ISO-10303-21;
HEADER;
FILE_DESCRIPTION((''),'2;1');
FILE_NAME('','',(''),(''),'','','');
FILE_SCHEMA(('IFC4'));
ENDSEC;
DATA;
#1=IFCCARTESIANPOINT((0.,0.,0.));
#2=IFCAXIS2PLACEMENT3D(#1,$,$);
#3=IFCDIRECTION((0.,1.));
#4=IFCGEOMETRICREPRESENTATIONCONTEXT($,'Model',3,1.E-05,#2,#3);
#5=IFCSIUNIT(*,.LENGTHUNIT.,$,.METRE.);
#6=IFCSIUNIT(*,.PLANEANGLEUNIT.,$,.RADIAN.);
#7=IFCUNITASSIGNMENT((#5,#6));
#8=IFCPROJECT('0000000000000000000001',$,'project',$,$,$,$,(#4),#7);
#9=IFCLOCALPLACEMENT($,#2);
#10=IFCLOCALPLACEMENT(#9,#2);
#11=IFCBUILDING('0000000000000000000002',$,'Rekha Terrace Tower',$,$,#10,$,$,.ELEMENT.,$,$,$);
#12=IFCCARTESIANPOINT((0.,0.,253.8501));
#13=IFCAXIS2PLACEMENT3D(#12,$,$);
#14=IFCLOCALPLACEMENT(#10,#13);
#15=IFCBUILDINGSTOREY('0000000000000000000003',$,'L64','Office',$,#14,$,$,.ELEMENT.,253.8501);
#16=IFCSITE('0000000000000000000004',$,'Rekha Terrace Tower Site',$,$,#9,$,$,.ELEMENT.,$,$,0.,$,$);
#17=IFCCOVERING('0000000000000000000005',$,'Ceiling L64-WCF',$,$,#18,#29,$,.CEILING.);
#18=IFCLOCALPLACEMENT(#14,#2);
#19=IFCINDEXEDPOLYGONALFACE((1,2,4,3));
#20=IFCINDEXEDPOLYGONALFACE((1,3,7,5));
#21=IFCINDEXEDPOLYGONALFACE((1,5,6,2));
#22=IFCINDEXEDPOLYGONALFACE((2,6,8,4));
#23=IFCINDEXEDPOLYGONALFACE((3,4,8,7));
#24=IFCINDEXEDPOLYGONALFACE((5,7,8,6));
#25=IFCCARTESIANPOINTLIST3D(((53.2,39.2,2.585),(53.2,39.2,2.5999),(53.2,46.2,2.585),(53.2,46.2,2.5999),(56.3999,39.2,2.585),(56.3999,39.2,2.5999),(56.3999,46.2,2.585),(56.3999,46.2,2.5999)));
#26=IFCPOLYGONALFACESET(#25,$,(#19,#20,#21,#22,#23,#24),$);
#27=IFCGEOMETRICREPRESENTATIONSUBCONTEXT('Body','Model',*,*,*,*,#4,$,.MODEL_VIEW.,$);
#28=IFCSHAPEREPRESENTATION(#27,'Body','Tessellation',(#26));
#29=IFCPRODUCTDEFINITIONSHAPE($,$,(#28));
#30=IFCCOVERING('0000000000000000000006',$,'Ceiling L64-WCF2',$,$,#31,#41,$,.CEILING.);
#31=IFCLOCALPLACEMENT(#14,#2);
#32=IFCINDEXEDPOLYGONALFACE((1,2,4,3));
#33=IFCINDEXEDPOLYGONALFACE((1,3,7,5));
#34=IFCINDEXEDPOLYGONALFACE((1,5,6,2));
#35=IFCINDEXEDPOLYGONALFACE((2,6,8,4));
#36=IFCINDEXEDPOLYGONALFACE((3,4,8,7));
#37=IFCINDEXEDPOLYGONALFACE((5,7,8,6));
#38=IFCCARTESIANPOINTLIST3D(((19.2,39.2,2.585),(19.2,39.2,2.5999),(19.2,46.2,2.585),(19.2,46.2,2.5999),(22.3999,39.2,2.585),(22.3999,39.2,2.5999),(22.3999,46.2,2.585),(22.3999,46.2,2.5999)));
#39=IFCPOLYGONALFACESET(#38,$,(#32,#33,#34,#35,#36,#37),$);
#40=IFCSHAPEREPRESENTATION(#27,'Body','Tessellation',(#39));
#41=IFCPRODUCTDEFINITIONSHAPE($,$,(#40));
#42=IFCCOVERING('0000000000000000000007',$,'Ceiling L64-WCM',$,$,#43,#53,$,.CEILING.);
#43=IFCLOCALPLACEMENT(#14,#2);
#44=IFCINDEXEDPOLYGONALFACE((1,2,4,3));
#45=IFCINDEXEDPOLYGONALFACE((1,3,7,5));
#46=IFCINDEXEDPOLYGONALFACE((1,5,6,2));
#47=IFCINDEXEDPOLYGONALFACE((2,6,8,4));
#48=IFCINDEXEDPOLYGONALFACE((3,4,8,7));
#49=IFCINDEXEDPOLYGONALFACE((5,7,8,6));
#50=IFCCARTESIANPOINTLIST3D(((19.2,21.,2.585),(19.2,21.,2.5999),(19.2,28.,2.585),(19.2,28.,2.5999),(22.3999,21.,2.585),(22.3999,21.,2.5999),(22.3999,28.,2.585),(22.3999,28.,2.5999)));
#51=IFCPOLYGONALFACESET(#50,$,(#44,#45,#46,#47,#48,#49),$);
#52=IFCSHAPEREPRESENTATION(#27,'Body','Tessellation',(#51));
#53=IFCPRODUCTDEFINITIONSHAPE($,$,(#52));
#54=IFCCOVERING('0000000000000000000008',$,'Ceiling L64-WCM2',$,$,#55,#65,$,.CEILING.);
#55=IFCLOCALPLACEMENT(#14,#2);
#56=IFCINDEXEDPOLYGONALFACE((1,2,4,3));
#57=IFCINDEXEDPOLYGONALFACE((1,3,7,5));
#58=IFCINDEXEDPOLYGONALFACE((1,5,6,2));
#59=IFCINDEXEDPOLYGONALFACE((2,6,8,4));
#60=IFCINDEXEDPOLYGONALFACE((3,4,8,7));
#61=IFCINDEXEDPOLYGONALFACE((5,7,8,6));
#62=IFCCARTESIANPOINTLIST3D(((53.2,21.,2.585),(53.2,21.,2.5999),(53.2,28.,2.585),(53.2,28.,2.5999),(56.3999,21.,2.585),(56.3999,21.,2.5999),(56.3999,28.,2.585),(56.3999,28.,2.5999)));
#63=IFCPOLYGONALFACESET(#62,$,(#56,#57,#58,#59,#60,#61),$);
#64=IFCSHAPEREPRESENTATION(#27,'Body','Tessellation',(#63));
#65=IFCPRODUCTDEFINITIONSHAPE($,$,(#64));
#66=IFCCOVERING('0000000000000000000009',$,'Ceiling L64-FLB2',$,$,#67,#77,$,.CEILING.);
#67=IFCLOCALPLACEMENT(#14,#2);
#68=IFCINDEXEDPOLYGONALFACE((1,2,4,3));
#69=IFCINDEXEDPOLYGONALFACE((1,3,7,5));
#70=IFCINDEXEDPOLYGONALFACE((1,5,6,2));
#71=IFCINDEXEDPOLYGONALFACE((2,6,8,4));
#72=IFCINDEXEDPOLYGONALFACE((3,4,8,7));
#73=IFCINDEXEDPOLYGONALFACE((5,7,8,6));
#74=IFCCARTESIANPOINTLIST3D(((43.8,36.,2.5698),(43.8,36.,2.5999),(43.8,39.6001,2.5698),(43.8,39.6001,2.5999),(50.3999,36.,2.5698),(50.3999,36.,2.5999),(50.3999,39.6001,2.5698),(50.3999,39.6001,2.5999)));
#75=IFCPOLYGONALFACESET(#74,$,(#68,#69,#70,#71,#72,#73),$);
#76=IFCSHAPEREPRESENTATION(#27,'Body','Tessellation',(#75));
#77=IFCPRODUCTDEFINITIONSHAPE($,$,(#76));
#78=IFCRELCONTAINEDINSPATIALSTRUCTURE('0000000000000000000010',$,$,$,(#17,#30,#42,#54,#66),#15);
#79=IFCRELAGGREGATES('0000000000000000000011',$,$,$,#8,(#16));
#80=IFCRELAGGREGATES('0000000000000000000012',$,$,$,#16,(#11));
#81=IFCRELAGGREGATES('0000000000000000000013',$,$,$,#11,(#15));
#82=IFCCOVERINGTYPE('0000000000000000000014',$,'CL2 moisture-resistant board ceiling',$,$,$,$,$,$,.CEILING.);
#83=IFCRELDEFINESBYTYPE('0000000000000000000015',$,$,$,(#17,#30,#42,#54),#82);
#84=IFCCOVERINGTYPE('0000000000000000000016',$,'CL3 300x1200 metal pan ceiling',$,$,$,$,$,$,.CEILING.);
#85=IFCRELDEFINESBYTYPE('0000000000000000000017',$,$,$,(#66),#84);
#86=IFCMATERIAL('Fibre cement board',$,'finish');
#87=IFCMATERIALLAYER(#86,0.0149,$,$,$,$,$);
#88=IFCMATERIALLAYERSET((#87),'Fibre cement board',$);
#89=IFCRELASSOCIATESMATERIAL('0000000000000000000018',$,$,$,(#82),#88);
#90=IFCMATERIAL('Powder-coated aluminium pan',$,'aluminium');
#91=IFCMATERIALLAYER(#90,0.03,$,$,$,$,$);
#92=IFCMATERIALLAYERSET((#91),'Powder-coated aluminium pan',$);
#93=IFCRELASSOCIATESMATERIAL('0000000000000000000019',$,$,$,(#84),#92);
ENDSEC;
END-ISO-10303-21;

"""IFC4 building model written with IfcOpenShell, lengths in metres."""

from ifc_helpers import new_model, si_unit, direction, frame, origin, place, context, subcontext, project, spatial, polyline, outline, extrude, material, layer, layer_set, type_object, element, save


model = new_model("IFC4")

# Units and contexts
model_context = context("Model", 3, precision=1e-05, world=origin(), true_north=direction((0.0, 1.0)))
body_context = subcontext(model_context, "Body", "Model", "MODEL_VIEW")
ifc_project = project(units=[si_unit("LENGTHUNIT", "METRE"), si_unit("PLANEANGLEUNIT", "RADIAN")], contexts=[model_context])

# Site, building, storey
site_placement = place(None, origin())
site = spatial("IfcSite", under=ifc_project, at=site_placement, Name="Rekha Terrace Tower Site", CompositionType="ELEMENT", RefElevation=0.0)
building_placement = place(site_placement, origin())
building = spatial("IfcBuilding", under=site, at=building_placement, Name="Rekha Terrace Tower", CompositionType="ELEMENT")
storey_placement = place(building_placement, frame((0.0, 0.0, 253.8501)))
storey = spatial("IfcBuildingStorey", under=building, at=storey_placement, Name="L64", Description="Office", CompositionType="ELEMENT", Elevation=253.8501)

# Coverings
ifc_material_1 = material(Name="Fibre cement board", Category="finish")
ifc_layer_1 = layer(ifc_material_1, 0.0149)
ifc_layer_set_1 = layer_set([ifc_layer_1], Name="Fibre cement board")
covering_type_1 = type_object("IfcCoveringType", Name="CL2 moisture-resistant board ceiling", PredefinedType="CEILING", material=ifc_layer_set_1)
covering_1_placement = place(storey_placement, frame((0.0, 0.0, 2.585)))
element("IfcCovering", 1, at=covering_1_placement, inside=storey, type_object=covering_type_1, Name="Ceiling L64-WCF", PredefinedType="CEILING", context=body_context, shape_type="SweptSolid", body=[
    extrude(outline(polyline([(56.3999, 46.2), (53.2, 46.2), (53.2, 39.2), (56.3999, 39.2), (56.3999, 46.2)])), origin(), (0.0, 0.0, 1.0), 0.0149),
])
covering_2_placement = place(storey_placement, frame((0.0, 0.0, 2.585)))
element("IfcCovering", 2, at=covering_2_placement, inside=storey, type_object=covering_type_1, Name="Ceiling L64-WCF2", PredefinedType="CEILING", context=body_context, shape_type="SweptSolid", body=[
    extrude(outline(polyline([(22.3999, 46.2), (19.2, 46.2), (19.2, 39.2), (22.3999, 39.2), (22.3999, 46.2)])), origin(), (0.0, 0.0, 1.0), 0.0149),
])
covering_3_placement = place(storey_placement, frame((0.0, 0.0, 2.585)))
element("IfcCovering", 3, at=covering_3_placement, inside=storey, type_object=covering_type_1, Name="Ceiling L64-WCM", PredefinedType="CEILING", context=body_context, shape_type="SweptSolid", body=[
    extrude(outline(polyline([(22.3999, 28.0), (19.2, 28.0), (19.2, 21.0), (22.3999, 21.0), (22.3999, 28.0)])), origin(), (0.0, 0.0, 1.0), 0.0149),
])
covering_4_placement = place(storey_placement, frame((0.0, 0.0, 2.585)))
element("IfcCovering", 4, at=covering_4_placement, inside=storey, type_object=covering_type_1, Name="Ceiling L64-WCM2", PredefinedType="CEILING", context=body_context, shape_type="SweptSolid", body=[
    extrude(outline(polyline([(56.3999, 28.0), (53.2, 28.0), (53.2, 21.0), (56.3999, 21.0), (56.3999, 28.0)])), origin(), (0.0, 0.0, 1.0), 0.0149),
])
ifc_material_2 = material(Name="Powder-coated aluminium pan", Category="aluminium")
ifc_layer_2 = layer(ifc_material_2, 0.03)
ifc_layer_set_2 = layer_set([ifc_layer_2], Name="Powder-coated aluminium pan")
covering_type_2 = type_object("IfcCoveringType", Name="CL3 300x1200 metal pan ceiling", PredefinedType="CEILING", material=ifc_layer_set_2)
covering_5_placement = place(storey_placement, frame((0.0, 0.0, 2.5698)))
element("IfcCovering", 5, at=covering_5_placement, inside=storey, type_object=covering_type_2, Name="Ceiling L64-FLB2", PredefinedType="CEILING", context=body_context, shape_type="SweptSolid", body=[
    extrude(outline(polyline([(50.3999, 39.6001), (43.8, 39.6001), (43.8, 36.0), (50.3999, 36.0), (50.3999, 39.6001)])), origin(), (0.0, 0.0, 1.0), 0.03),
])

save(model, "model.ifc")
